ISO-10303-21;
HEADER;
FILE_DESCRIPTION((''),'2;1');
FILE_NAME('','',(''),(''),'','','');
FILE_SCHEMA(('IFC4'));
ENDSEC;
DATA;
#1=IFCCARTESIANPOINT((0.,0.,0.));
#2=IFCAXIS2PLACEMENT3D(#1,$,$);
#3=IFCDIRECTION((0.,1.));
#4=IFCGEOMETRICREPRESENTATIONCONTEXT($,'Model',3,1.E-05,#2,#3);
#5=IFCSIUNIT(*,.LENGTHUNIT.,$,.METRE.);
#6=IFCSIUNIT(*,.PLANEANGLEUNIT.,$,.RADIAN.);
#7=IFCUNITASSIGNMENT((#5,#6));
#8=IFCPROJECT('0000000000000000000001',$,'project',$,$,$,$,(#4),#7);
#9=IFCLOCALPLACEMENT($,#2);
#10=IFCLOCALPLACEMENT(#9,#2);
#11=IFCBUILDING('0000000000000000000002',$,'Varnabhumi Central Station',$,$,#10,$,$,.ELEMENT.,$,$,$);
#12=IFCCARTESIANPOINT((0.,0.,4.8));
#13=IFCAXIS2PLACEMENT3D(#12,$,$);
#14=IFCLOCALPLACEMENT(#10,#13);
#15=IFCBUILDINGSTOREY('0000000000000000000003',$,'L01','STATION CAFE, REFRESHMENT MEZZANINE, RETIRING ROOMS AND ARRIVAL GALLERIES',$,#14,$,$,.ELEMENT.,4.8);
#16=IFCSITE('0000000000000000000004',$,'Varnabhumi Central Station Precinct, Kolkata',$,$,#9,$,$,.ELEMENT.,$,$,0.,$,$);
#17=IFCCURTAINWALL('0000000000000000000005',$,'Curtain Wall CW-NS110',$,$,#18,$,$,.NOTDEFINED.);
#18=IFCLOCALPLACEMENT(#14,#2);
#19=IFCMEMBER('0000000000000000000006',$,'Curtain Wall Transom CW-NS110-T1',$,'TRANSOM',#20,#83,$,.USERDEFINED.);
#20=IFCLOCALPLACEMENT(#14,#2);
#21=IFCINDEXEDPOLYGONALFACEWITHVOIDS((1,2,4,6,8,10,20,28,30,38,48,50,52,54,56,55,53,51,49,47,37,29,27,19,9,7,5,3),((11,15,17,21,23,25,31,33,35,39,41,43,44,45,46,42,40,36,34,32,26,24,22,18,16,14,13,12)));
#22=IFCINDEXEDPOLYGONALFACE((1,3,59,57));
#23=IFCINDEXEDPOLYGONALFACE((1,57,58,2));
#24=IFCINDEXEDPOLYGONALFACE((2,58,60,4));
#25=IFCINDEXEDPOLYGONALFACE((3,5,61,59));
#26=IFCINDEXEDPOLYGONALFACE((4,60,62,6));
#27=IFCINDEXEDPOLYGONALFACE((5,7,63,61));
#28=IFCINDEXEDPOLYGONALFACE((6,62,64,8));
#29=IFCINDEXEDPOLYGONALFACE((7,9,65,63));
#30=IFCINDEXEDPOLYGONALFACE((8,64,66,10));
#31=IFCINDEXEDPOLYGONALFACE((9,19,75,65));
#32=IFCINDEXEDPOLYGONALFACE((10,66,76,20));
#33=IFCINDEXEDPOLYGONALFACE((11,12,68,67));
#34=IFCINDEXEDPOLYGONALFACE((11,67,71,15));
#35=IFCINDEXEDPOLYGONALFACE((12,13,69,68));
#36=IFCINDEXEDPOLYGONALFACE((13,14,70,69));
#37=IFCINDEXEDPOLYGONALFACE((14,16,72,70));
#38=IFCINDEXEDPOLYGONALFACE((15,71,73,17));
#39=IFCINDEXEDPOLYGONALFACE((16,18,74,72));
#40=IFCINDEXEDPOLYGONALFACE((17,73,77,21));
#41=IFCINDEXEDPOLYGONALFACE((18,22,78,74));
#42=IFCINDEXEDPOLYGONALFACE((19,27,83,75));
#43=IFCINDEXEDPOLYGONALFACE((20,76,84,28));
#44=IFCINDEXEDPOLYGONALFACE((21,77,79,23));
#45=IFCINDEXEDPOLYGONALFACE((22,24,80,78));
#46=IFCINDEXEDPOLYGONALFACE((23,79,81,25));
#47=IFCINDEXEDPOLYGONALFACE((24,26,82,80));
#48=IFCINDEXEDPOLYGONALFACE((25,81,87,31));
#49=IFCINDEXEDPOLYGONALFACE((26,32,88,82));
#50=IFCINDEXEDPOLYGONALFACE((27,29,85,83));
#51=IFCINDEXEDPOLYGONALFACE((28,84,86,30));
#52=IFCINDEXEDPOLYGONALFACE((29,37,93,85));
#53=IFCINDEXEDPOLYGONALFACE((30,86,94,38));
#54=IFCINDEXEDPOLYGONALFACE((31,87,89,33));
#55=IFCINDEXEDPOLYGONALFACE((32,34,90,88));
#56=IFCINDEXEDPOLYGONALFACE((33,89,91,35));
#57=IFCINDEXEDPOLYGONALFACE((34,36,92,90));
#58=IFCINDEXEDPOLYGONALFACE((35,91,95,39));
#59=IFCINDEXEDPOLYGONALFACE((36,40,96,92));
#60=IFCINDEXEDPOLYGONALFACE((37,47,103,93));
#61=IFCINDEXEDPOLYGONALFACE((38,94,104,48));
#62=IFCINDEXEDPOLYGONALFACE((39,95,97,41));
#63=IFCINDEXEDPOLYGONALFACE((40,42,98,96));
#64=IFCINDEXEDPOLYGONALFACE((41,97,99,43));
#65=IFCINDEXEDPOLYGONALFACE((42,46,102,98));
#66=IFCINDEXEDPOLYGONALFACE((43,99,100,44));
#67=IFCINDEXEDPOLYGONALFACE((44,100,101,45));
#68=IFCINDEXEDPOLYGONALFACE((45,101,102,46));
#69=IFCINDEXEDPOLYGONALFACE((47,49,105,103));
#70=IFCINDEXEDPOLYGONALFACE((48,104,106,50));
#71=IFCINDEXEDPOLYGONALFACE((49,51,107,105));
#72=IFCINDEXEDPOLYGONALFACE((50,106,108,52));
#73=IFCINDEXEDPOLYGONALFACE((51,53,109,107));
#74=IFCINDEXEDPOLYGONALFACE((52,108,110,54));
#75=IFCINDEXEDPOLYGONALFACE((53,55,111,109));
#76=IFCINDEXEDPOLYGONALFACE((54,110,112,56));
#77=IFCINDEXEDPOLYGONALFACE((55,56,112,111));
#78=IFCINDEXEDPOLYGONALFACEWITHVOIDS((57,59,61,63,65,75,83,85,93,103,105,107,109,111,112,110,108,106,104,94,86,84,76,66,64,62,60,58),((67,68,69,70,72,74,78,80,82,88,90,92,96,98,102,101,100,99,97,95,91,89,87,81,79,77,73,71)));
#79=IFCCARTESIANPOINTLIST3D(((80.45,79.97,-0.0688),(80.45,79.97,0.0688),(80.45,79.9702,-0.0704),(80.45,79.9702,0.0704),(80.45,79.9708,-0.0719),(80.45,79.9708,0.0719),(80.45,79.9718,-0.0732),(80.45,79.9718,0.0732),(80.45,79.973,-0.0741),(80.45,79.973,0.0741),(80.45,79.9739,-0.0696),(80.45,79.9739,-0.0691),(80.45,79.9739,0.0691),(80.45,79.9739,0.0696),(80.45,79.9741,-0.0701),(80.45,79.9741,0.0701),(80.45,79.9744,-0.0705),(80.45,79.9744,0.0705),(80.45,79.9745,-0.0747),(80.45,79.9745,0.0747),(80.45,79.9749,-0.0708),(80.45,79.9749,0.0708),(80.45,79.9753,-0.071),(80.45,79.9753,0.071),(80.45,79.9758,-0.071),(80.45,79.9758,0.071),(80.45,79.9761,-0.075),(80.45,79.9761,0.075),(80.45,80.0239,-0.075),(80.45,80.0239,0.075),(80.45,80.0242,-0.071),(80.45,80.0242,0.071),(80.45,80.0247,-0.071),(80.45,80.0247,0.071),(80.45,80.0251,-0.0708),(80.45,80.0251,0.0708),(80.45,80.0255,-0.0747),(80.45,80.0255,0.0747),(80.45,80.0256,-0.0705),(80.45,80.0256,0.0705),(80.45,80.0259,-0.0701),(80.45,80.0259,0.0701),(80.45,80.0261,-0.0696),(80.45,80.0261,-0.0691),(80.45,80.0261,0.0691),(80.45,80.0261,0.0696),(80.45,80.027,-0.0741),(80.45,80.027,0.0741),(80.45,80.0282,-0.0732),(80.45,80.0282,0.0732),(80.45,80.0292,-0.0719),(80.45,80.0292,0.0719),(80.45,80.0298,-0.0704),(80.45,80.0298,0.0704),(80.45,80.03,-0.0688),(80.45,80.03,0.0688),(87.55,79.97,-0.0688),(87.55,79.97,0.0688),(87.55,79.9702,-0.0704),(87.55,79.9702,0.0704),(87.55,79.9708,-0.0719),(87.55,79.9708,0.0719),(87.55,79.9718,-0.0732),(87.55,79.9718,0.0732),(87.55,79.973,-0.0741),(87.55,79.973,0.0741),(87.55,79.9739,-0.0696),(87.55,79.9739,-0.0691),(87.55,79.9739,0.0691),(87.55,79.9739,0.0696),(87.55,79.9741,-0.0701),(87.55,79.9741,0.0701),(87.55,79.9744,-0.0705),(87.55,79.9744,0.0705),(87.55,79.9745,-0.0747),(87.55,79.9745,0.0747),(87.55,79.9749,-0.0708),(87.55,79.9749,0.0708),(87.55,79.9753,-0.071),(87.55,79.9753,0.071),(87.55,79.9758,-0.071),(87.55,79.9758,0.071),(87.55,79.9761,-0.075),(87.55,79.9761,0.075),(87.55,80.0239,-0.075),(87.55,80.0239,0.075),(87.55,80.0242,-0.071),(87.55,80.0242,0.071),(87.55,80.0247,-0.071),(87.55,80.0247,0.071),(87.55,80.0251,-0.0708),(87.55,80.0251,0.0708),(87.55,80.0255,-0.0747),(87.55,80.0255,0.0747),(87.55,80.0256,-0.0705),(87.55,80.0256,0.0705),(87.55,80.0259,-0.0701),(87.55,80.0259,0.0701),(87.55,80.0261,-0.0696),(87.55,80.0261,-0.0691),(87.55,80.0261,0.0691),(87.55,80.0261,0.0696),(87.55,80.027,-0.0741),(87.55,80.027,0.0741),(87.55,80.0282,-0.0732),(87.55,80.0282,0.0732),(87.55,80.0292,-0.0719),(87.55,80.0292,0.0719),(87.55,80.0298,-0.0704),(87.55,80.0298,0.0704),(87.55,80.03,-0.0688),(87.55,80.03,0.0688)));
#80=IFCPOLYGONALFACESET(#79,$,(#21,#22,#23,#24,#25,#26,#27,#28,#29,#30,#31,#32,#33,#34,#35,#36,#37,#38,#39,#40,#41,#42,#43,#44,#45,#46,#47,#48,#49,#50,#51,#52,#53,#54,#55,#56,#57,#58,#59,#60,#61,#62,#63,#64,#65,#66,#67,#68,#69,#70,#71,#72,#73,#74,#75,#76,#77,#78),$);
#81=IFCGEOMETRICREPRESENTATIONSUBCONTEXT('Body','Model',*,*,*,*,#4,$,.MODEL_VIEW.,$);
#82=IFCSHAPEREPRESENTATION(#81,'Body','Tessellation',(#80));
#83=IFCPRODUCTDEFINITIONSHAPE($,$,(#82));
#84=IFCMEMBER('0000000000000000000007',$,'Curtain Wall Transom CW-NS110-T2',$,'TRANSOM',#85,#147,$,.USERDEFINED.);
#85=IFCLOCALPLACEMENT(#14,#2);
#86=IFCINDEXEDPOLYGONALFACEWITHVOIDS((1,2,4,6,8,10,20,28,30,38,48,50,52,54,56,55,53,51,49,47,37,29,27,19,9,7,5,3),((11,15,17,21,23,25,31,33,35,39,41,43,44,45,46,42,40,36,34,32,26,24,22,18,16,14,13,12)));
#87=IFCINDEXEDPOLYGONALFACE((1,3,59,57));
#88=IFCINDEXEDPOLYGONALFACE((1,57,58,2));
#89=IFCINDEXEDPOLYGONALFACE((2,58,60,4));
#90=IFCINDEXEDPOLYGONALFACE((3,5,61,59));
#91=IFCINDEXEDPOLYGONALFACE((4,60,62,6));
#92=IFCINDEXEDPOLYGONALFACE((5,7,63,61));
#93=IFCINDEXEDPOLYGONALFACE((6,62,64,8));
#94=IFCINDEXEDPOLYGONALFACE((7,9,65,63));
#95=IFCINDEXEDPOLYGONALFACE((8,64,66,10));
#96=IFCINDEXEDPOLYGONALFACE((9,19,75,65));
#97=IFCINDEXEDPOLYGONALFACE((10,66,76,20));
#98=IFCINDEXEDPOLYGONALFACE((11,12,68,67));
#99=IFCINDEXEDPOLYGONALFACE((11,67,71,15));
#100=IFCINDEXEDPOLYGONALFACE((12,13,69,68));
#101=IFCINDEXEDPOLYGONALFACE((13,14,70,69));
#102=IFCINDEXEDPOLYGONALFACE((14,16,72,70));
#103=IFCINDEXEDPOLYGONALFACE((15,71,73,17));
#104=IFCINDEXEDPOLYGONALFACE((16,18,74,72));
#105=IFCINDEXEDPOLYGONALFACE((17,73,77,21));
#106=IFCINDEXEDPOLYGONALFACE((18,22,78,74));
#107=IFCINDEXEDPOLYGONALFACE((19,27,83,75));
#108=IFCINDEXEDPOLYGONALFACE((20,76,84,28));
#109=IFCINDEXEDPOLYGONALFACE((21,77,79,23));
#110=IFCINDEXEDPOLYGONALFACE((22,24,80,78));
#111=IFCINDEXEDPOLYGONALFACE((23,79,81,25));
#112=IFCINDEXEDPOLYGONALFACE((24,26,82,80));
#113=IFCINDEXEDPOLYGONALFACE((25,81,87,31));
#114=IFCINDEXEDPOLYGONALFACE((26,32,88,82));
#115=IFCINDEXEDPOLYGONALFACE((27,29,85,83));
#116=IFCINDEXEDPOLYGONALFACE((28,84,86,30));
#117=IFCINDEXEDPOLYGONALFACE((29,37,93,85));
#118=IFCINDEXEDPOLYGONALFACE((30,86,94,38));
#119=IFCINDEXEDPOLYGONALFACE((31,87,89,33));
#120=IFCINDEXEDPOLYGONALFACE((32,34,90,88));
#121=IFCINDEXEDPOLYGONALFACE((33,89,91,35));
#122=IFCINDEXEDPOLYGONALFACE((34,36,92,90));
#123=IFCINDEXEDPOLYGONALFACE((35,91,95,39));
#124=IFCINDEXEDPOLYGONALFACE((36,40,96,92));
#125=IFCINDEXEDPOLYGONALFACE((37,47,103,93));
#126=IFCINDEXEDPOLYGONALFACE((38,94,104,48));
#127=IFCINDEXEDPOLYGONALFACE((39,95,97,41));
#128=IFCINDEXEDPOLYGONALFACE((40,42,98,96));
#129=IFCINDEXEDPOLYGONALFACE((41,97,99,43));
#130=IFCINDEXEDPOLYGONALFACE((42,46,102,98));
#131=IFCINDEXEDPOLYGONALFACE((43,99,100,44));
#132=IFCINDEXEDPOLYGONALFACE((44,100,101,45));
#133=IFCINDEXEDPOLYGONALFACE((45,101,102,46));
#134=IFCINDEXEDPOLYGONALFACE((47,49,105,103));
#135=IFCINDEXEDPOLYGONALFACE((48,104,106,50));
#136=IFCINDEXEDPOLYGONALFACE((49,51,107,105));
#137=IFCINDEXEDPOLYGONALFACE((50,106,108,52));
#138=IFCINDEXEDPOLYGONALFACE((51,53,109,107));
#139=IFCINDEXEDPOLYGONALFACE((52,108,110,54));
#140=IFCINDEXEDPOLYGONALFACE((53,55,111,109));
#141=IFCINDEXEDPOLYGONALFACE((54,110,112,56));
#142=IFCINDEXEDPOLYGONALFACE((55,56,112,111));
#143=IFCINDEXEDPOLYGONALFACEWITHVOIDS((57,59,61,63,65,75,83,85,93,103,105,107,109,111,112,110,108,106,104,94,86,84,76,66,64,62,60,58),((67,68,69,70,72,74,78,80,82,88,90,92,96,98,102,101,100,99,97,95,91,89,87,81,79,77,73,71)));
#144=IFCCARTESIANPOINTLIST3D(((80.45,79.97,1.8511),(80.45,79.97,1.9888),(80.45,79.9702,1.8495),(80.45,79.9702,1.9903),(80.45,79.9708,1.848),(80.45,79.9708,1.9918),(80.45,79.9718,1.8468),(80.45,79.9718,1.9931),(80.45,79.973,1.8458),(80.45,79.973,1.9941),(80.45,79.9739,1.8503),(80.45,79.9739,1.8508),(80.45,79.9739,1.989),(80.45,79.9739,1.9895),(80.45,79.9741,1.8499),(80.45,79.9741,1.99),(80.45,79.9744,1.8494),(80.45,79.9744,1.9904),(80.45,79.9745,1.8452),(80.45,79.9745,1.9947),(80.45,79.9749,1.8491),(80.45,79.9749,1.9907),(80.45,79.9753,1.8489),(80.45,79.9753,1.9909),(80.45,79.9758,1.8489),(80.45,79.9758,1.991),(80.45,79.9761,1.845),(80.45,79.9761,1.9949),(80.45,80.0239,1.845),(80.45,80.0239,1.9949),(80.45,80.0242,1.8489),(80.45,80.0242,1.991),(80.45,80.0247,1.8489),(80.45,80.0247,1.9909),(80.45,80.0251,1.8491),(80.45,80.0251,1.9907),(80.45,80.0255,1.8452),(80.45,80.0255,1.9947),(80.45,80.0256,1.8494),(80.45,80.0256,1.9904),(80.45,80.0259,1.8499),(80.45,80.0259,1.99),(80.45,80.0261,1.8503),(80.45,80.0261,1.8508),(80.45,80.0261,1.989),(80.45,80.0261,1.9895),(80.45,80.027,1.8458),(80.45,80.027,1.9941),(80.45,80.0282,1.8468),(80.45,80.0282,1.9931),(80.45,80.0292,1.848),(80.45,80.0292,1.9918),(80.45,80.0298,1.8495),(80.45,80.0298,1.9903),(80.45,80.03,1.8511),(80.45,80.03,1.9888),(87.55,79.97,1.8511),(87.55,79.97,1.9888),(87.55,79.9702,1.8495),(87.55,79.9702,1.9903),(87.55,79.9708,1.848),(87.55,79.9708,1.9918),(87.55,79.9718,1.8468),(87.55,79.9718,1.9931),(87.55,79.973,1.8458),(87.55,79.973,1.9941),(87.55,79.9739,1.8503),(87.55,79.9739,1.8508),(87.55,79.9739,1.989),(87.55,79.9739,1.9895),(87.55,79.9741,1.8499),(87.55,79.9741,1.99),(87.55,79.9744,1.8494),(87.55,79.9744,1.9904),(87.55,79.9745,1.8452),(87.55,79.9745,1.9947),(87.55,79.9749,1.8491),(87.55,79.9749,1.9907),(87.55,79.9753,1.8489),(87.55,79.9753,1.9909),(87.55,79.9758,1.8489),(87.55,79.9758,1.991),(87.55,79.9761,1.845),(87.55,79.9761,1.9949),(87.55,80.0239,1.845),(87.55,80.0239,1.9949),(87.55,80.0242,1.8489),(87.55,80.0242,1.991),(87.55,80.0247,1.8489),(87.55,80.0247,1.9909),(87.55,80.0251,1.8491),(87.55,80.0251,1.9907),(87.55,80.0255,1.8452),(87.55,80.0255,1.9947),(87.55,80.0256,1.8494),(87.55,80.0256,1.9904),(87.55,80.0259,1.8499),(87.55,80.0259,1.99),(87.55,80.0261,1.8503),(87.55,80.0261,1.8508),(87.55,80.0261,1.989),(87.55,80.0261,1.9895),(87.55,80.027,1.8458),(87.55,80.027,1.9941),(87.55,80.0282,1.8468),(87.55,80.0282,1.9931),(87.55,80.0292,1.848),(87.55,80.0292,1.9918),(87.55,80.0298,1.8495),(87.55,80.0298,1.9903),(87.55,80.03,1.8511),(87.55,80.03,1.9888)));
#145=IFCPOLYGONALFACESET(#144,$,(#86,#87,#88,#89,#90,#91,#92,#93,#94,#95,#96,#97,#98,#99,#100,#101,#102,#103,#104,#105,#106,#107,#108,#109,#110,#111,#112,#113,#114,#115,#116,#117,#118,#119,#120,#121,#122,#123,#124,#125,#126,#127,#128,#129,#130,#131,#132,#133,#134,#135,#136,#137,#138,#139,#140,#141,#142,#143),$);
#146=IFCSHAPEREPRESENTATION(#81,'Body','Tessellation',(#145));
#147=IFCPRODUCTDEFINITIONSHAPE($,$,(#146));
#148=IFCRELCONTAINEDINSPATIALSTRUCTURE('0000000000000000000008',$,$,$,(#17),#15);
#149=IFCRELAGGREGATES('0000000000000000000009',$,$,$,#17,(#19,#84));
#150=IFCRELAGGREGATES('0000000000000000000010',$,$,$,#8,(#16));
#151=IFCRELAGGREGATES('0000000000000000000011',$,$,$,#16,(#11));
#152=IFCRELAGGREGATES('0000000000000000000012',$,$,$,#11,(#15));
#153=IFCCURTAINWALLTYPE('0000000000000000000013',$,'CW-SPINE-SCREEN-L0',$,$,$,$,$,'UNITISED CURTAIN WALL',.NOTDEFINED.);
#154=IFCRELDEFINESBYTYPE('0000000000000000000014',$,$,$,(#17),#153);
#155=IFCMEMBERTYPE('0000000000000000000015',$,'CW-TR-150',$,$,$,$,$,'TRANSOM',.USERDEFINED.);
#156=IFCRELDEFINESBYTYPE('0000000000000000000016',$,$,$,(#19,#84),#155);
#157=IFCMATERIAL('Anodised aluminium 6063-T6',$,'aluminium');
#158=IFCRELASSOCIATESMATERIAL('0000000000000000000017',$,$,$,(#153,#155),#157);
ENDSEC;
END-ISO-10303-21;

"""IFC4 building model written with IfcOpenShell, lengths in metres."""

from ifc_helpers import new_model, si_unit, direction, frame, origin, origin_2d, place, context, subcontext, project, spatial, hollow_rectangle, extrude, material, material_profile, profile_set, type_object, element, aggregate, save


model = new_model("IFC4")

# Units and contexts
model_context = context("Model", 3, precision=1e-05, world=origin(), true_north=direction((0.0, 1.0)))
body_context = subcontext(model_context, "Body", "Model", "MODEL_VIEW")
ifc_project = project(units=[si_unit("LENGTHUNIT", "METRE"), si_unit("PLANEANGLEUNIT", "RADIAN")], contexts=[model_context])

# Site, building, storey
site_placement = place(None, origin())
site = spatial("IfcSite", under=ifc_project, at=site_placement, Name="Varnabhumi Central Station Precinct, Kolkata", CompositionType="ELEMENT", RefElevation=0.0)
building_placement = place(site_placement, origin())
building = spatial("IfcBuilding", under=site, at=building_placement, Name="Varnabhumi Central Station", CompositionType="ELEMENT")
storey_placement = place(building_placement, frame((0.0, 0.0, 4.8)))
storey = spatial("IfcBuildingStorey", under=building, at=storey_placement, Name="L01", Description="STATION CAFE, REFRESHMENT MEZZANINE, RETIRING ROOMS AND ARRIVAL GALLERIES", CompositionType="ELEMENT", Elevation=4.8)

# Curtain wall
ifc_material_1 = material(Name="Anodised aluminium 6063-T6", Category="aluminium")
curtain_wall_type_1 = type_object("IfcCurtainWallType", Name="CW-SPINE-SCREEN-L0", ElementType="UNITISED CURTAIN WALL", PredefinedType="NOTDEFINED", material=ifc_material_1)
curtain_wall_1_placement = place(storey_placement, origin())
curtain_wall_1 = element("IfcCurtainWall", 1, at=curtain_wall_1_placement, inside=storey, type_object=curtain_wall_type_1, Name="Curtain Wall CW-NS110", PredefinedType="NOTDEFINED")

# Members
ifc_material_profile_1 = material_profile(ifc_material_1, hollow_rectangle(XDim=0.0601, YDim=0.1499, WallThickness=0.0039, InnerFilletRadius=0.002, OuterFilletRadius=0.0061, at=origin_2d()), Name="Anodised aluminium 6063-T6", Category="aluminium")
ifc_profile_set_1 = profile_set([ifc_material_profile_1], Name="Anodised aluminium 6063-T6")
member_type_1 = type_object("IfcMemberType", Name="CW-TR-150", ElementType="TRANSOM", PredefinedType="USERDEFINED", material=ifc_profile_set_1)
member_1_placement = place(storey_placement, frame((80.45, 80.0, 0.0), z_axis=(1.0, 0.0, 0.0), x_axis=(0.0, 1.0, 0.0)))
member_1 = element("IfcMember", 2, at=member_1_placement, type_object=member_type_1, Name="Curtain Wall Transom CW-NS110-T1", ObjectType="TRANSOM", PredefinedType="USERDEFINED", context=body_context, shape_type="SweptSolid", body=[
    extrude(hollow_rectangle(XDim=0.0601, YDim=0.1499, WallThickness=0.0039, InnerFilletRadius=0.002, OuterFilletRadius=0.0061, at=origin_2d()), origin(), (0.0, 0.0, 1.0), 7.1001),
])
member_2_placement = place(storey_placement, frame((80.45, 80.0, 1.9199), z_axis=(1.0, 0.0, 0.0), x_axis=(0.0, 1.0, 0.0)))
member_2 = element("IfcMember", 3, at=member_2_placement, type_object=member_type_1, Name="Curtain Wall Transom CW-NS110-T2", ObjectType="TRANSOM", PredefinedType="USERDEFINED", context=body_context, shape_type="SweptSolid", body=[
    extrude(hollow_rectangle(XDim=0.0601, YDim=0.1499, WallThickness=0.0039, InnerFilletRadius=0.002, OuterFilletRadius=0.0061, at=origin_2d()), origin(), (0.0, 0.0, 1.0), 7.1001),
])

aggregate(curtain_wall_1, [member_1, member_2])

save(model, "model.ifc")
